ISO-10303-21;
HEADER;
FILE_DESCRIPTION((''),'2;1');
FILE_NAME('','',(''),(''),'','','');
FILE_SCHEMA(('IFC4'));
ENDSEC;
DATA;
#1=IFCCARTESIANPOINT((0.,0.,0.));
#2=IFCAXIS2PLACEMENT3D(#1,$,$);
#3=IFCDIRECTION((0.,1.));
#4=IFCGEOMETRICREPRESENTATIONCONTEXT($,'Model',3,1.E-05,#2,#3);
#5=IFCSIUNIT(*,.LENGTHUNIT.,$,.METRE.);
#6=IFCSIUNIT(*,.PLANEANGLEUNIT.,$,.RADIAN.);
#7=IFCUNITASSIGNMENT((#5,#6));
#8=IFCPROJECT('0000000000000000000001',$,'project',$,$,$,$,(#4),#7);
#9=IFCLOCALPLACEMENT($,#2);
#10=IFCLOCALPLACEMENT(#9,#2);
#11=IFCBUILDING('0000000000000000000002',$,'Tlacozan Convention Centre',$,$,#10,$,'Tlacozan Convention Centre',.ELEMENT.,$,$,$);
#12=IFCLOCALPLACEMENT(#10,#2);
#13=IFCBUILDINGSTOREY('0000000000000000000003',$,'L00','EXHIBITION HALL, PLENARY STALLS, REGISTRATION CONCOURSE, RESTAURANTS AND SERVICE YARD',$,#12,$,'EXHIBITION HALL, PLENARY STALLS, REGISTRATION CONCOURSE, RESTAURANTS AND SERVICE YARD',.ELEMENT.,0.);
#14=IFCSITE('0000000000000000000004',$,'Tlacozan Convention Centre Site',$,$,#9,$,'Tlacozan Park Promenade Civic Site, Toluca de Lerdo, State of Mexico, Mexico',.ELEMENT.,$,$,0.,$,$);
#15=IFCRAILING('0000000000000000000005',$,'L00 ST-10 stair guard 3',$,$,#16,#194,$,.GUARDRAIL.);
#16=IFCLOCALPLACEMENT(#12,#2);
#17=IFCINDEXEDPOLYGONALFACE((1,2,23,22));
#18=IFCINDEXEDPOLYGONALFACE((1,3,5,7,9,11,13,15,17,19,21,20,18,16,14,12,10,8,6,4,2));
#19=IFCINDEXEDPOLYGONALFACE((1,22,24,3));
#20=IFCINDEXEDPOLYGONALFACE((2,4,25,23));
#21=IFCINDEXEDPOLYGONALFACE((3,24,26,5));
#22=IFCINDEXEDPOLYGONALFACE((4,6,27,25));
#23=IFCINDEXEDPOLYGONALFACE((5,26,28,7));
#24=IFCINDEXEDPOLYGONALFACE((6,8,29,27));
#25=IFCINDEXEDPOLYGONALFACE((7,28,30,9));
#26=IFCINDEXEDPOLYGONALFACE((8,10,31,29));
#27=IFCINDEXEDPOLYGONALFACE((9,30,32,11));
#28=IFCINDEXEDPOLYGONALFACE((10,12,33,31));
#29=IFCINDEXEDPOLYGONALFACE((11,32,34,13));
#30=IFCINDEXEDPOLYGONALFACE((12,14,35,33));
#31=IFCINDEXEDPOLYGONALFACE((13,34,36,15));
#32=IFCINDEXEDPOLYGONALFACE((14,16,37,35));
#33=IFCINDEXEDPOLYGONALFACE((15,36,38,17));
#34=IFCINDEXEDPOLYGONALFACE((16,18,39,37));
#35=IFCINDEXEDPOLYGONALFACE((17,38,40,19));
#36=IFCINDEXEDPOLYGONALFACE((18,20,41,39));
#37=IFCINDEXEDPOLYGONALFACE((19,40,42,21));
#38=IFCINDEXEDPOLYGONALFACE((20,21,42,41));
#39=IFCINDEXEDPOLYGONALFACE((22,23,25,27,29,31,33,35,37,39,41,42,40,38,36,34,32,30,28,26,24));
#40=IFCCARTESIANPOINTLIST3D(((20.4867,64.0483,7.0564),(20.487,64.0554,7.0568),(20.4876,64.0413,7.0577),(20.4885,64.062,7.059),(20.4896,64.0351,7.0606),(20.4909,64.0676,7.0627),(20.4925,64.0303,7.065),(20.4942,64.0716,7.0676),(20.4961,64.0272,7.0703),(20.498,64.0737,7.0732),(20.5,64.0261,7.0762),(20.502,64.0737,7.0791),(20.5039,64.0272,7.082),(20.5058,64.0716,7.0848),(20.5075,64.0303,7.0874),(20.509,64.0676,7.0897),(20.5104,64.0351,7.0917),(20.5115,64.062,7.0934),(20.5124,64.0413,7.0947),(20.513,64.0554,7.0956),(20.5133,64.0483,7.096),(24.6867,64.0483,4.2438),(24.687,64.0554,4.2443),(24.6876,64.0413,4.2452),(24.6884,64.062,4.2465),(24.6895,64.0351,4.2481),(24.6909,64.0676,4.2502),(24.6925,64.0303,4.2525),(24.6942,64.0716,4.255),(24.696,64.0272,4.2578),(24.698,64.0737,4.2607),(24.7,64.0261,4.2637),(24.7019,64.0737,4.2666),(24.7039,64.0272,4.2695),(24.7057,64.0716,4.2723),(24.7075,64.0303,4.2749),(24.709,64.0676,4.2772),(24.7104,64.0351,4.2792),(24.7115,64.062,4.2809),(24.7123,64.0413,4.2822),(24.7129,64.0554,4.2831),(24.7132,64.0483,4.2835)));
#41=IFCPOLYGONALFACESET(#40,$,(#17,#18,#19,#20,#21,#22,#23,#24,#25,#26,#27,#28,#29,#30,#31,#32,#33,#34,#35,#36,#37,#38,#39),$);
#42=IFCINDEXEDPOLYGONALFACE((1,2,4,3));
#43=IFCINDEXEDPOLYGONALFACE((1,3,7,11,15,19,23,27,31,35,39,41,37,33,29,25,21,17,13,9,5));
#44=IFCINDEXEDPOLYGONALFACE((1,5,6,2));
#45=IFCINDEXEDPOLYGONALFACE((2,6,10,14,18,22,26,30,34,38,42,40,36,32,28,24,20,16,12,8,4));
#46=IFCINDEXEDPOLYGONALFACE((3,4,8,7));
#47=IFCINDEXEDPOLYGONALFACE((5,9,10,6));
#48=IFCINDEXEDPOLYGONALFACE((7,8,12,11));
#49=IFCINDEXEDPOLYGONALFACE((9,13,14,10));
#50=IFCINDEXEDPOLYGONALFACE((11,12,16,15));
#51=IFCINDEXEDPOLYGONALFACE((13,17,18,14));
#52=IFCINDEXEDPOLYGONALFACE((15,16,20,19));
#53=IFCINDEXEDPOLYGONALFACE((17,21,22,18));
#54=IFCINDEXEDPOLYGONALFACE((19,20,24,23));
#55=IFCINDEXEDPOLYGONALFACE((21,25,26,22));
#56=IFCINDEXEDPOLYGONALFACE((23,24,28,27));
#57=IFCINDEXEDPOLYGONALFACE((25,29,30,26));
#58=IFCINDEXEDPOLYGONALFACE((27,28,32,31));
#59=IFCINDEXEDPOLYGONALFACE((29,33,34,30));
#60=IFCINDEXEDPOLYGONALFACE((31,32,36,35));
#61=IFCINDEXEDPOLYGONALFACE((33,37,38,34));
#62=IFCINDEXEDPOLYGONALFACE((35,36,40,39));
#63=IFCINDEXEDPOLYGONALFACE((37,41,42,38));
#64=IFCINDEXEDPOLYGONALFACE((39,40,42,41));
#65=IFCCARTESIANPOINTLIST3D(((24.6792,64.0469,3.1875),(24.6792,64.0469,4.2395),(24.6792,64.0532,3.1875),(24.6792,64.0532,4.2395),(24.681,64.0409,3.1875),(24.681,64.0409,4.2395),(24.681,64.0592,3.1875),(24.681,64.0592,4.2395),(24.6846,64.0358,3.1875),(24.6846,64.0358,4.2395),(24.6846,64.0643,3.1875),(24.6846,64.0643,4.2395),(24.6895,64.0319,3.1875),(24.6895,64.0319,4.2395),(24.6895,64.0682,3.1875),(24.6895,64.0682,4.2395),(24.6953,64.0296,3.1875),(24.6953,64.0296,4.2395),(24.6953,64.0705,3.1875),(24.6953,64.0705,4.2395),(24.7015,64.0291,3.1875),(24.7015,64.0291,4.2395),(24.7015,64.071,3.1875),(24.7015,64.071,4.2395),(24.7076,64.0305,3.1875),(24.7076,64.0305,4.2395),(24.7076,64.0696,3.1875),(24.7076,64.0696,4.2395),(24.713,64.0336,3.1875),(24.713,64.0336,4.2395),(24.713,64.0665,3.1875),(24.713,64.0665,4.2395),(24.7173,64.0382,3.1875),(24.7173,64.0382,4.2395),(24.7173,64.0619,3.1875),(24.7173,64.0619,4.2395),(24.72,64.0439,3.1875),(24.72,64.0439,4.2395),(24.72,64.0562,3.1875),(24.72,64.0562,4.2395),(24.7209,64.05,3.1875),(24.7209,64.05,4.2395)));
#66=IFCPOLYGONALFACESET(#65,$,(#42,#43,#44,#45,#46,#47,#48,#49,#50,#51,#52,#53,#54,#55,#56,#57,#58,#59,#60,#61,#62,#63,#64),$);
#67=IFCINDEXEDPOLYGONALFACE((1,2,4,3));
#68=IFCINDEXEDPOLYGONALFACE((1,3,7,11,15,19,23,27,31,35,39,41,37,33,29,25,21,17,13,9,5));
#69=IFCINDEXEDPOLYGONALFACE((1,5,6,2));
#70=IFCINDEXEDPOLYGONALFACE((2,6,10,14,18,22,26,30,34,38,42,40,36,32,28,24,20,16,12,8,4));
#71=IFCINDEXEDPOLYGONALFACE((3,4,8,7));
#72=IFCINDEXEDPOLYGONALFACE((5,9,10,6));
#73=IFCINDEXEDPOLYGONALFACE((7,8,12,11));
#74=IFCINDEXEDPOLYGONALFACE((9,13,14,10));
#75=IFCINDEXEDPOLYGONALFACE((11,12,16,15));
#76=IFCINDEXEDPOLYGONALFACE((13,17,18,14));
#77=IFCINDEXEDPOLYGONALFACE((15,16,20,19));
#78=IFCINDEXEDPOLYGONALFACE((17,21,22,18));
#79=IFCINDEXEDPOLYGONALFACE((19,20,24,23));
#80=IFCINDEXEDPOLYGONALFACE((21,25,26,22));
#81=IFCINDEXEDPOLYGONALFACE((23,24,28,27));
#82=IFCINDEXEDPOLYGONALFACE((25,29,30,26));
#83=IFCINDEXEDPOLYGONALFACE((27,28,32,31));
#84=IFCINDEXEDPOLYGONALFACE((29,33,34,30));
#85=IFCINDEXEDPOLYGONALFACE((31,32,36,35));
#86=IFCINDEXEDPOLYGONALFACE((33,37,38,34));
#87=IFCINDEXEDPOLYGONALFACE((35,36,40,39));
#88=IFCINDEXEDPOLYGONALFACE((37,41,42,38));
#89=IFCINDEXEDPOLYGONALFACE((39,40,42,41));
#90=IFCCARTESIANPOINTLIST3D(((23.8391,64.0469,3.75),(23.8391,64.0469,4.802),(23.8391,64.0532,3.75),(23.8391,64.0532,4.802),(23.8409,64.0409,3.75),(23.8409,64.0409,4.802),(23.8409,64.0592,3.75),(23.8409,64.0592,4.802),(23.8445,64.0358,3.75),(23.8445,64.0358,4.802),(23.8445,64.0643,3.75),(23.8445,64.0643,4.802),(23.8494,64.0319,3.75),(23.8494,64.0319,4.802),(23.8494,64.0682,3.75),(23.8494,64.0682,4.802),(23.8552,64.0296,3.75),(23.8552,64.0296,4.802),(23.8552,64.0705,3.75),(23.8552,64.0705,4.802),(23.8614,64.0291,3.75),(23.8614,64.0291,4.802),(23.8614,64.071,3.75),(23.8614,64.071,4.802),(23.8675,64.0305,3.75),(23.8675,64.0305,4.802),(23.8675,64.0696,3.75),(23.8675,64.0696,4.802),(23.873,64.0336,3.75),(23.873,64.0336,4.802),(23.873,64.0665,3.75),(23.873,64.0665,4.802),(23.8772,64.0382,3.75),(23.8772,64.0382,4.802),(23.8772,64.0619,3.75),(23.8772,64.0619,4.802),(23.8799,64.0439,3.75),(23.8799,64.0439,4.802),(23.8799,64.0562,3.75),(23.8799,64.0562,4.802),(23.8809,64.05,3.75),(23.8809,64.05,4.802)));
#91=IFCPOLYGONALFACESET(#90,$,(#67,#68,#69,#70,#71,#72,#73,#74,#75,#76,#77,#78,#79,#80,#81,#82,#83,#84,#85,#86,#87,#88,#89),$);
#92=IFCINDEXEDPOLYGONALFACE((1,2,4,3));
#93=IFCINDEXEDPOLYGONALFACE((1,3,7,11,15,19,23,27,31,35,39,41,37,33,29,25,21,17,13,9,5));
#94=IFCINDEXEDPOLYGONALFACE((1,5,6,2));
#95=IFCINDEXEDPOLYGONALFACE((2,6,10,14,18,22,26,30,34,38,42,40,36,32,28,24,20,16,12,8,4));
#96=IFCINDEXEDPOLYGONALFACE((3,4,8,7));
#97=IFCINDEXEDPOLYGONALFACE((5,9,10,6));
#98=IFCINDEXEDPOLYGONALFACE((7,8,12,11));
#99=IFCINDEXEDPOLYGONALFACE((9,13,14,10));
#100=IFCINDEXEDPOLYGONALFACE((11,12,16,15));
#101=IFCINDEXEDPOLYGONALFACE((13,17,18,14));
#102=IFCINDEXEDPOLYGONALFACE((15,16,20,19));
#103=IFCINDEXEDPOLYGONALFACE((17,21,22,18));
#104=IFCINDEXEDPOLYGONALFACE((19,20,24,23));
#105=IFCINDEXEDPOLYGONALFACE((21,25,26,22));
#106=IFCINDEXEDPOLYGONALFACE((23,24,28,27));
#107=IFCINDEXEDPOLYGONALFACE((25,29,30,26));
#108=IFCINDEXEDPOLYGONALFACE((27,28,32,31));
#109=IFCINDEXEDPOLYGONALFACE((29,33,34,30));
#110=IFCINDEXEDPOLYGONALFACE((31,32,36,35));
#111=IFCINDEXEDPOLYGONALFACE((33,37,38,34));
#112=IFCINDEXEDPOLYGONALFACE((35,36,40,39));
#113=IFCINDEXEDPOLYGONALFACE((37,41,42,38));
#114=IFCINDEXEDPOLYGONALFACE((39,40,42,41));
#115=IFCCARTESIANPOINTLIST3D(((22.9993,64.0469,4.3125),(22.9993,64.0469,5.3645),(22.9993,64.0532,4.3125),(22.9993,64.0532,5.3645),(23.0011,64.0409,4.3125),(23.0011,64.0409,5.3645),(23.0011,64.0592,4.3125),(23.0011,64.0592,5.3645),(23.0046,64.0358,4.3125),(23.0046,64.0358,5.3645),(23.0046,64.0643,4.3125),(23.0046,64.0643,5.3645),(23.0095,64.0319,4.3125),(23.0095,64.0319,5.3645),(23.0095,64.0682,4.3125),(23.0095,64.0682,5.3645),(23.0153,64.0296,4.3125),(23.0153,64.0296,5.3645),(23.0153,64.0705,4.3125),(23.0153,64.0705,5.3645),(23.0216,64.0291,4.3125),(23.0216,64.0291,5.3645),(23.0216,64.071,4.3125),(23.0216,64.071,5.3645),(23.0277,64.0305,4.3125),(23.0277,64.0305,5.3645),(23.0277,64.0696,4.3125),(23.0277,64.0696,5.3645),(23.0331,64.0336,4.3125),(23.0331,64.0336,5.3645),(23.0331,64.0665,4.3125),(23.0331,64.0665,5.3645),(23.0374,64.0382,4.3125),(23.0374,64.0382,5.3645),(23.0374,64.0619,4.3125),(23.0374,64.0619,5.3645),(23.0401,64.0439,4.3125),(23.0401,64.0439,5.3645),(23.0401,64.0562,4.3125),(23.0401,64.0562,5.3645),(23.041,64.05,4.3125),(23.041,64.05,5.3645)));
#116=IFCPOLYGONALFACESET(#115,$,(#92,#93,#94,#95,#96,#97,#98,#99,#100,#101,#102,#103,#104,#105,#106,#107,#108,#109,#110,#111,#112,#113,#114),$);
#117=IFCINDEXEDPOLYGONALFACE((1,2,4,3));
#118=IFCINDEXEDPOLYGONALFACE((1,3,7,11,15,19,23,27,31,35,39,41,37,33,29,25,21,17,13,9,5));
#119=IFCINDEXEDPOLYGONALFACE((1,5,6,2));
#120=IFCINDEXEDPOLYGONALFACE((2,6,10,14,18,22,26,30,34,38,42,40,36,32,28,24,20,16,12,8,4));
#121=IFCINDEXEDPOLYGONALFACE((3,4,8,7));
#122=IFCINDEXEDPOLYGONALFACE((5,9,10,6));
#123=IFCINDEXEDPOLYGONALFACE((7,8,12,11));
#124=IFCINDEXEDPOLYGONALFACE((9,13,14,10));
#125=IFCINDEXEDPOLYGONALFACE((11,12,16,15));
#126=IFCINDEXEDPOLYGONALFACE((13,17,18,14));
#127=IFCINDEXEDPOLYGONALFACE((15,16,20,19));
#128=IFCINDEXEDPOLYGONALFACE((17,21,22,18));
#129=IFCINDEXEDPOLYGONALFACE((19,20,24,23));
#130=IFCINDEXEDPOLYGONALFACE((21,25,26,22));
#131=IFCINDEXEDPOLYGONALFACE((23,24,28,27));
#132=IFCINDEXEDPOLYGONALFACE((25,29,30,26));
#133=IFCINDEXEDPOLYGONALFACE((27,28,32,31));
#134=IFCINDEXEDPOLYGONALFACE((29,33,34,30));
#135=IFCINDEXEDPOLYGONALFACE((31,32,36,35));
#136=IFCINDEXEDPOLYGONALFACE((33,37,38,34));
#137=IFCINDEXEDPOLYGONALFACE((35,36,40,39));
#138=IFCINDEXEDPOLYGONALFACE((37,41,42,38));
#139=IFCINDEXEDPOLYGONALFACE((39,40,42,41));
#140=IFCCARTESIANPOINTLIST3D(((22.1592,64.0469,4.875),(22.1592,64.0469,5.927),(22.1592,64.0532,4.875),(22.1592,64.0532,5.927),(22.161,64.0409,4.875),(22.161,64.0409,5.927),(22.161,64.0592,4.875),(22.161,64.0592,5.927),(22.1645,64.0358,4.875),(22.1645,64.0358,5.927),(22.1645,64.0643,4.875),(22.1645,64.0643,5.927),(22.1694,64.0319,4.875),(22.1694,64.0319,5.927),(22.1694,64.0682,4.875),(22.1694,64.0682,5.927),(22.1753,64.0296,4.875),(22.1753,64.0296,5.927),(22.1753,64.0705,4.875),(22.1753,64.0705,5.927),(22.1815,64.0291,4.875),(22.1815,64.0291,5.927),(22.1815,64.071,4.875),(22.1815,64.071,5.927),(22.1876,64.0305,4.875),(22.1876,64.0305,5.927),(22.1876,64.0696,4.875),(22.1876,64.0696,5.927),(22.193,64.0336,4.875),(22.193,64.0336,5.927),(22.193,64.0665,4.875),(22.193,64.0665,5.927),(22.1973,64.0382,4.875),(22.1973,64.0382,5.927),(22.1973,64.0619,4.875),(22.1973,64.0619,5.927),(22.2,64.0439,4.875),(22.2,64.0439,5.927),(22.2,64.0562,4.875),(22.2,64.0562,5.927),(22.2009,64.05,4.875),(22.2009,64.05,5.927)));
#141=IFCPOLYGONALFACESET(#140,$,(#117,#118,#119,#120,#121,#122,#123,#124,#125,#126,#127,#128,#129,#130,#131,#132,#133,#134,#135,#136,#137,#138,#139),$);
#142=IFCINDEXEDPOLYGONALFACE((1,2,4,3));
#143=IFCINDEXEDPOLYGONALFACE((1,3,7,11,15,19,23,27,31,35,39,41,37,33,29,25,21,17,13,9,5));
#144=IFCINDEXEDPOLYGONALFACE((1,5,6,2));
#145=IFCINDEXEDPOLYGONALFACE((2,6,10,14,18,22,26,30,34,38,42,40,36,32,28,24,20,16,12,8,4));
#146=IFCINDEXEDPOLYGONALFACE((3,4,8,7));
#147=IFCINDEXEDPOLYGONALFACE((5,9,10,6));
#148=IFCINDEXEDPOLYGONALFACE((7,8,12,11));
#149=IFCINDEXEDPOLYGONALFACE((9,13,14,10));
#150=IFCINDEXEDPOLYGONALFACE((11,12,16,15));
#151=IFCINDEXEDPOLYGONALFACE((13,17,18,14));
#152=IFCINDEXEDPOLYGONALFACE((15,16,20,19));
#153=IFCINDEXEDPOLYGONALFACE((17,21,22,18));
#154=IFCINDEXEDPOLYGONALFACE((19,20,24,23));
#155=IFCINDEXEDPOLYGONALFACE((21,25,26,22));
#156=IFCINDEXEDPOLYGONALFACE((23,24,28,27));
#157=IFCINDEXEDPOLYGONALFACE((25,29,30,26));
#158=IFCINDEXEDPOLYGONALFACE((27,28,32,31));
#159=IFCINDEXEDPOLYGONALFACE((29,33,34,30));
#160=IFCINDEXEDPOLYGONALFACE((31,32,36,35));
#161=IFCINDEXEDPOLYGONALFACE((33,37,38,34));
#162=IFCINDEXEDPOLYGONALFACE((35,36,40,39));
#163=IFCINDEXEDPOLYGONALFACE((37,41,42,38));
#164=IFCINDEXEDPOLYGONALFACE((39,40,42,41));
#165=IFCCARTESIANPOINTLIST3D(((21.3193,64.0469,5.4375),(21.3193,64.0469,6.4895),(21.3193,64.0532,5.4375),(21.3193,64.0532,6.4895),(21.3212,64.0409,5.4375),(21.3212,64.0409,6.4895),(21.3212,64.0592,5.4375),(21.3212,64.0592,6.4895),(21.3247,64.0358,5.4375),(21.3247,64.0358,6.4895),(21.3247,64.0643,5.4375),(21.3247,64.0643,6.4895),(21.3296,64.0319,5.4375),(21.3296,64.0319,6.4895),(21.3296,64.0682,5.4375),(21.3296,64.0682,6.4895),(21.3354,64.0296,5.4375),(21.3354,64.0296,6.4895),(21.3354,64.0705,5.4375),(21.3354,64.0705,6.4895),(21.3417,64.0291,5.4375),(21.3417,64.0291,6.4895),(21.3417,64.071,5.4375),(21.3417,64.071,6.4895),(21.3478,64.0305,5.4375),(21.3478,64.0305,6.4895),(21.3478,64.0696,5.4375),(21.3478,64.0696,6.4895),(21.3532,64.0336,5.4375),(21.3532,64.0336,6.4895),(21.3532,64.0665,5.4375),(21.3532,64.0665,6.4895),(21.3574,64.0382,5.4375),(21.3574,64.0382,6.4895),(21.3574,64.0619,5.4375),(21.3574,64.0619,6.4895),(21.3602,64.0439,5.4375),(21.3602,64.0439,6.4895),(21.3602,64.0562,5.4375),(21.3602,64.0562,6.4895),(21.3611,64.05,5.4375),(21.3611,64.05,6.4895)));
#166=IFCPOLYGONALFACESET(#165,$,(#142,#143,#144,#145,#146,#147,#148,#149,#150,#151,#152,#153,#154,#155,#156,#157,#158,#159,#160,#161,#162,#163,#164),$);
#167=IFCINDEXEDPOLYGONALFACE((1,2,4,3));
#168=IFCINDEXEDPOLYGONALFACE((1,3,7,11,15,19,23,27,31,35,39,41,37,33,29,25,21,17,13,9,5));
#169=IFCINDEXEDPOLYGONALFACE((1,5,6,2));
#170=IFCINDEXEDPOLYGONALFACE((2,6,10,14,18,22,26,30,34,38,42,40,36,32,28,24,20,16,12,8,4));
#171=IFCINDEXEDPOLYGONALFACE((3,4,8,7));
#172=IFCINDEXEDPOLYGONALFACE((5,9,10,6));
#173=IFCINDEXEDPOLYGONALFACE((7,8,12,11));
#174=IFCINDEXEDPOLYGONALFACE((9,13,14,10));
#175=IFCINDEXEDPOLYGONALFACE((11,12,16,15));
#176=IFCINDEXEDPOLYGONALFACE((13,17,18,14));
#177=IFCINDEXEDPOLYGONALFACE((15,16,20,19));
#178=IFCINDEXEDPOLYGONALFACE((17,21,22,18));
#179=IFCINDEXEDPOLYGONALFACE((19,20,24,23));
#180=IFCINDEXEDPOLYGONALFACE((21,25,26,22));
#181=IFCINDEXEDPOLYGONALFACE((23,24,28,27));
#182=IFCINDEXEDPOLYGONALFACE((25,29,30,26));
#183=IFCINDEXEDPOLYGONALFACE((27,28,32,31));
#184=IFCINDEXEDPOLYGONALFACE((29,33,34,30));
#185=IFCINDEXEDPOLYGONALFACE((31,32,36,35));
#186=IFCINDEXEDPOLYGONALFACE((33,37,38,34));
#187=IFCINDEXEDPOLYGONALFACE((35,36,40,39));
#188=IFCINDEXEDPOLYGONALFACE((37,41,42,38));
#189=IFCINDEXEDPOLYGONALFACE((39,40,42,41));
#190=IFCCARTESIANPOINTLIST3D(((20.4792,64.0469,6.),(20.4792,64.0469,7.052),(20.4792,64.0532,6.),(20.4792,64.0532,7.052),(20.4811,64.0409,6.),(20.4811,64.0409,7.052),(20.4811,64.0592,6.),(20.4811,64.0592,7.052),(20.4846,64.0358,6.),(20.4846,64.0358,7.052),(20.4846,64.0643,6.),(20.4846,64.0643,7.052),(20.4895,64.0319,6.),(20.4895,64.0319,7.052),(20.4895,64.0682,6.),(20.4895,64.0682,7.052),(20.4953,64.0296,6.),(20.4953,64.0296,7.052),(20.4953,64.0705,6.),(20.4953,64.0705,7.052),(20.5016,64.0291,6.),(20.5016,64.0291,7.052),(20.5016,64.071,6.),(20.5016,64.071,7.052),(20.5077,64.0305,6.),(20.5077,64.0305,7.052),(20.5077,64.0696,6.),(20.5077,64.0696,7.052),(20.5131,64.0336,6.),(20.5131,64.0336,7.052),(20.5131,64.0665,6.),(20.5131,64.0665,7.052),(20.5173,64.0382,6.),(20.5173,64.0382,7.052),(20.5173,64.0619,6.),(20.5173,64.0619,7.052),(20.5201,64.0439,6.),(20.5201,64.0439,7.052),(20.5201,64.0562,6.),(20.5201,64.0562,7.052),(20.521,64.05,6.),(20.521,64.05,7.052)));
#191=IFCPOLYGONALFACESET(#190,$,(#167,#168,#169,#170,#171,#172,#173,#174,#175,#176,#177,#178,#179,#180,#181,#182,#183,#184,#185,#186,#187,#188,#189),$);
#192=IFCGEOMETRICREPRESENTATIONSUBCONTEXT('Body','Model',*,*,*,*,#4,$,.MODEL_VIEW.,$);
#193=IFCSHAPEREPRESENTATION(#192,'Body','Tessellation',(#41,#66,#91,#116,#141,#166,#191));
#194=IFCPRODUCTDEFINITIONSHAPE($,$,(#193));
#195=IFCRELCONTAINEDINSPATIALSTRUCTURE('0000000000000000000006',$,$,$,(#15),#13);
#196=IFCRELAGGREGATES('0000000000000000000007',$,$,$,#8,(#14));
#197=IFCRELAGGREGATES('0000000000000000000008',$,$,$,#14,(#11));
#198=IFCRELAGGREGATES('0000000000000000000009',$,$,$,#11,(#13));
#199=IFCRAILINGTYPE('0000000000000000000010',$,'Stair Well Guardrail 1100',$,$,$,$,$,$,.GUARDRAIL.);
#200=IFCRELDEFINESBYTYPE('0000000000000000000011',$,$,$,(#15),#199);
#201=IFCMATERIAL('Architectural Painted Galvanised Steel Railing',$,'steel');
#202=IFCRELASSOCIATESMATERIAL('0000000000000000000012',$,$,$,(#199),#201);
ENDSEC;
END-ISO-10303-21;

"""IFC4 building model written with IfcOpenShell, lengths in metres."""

from ifc_helpers import new_model, si_unit, direction, frame, origin, origin_2d, place, context, subcontext, project, spatial, circle, extrude, material, type_object, element, save


model = new_model("IFC4")

# Units and contexts
model_context = context("Model", 3, precision=1e-05, world=origin(), true_north=direction((0.0, 1.0)))
body_context = subcontext(model_context, "Body", "Model", "MODEL_VIEW")
ifc_project = project(units=[si_unit("LENGTHUNIT", "METRE"), si_unit("PLANEANGLEUNIT", "RADIAN")], contexts=[model_context])

# Site, building, storey
site_placement = place(None, origin())
site = spatial("IfcSite", under=ifc_project, at=site_placement, Name="Tlacozan Convention Centre Site", LongName="Tlacozan Park Promenade Civic Site, Toluca de Lerdo, State of Mexico, Mexico", CompositionType="ELEMENT", RefElevation=0.0)
building_placement = place(site_placement, origin())
building = spatial("IfcBuilding", under=site, at=building_placement, Name="Tlacozan Convention Centre", LongName="Tlacozan Convention Centre", CompositionType="ELEMENT")
storey_placement = place(building_placement, origin())
storey = spatial("IfcBuildingStorey", under=building, at=storey_placement, Name="L00", Description="EXHIBITION HALL, PLENARY STALLS, REGISTRATION CONCOURSE, RESTAURANTS AND SERVICE YARD", LongName="EXHIBITION HALL, PLENARY STALLS, REGISTRATION CONCOURSE, RESTAURANTS AND SERVICE YARD", CompositionType="ELEMENT", Elevation=0.0)

# Railing
ifc_material_1 = material(Name="Architectural Painted Galvanised Steel Railing", Category="steel")
railing_type_1 = type_object("IfcRailingType", Name="Stair Well Guardrail 1100", PredefinedType="GUARDRAIL", material=ifc_material_1)
railing_1_placement = place(storey_placement, frame((24.7, 64.05, 3.1875)))
element("IfcRailing", 1, at=railing_1_placement, inside=storey, type_object=railing_type_1, Name="L00 ST-10 stair guard 3", PredefinedType="GUARDRAIL", context=body_context, shape_type="SweptSolid", body=[
    extrude(circle(Radius=0.0239, at=origin_2d()), frame((0.0, 0.0, 1.0762), z_axis=(-0.830904, 0.0, 0.556416), x_axis=(0.0, -1.0, 0.0)), (0.0, 0.0, 1.0), 5.0547),
    extrude(circle(Radius=0.021, at=origin_2d()), origin(), (0.0, 0.0, 1.0), 1.052),
    extrude(circle(Radius=0.021, at=origin_2d()), frame((-0.8401, 0.0, 0.5625)), (0.0, 0.0, 1.0), 1.052),
    extrude(circle(Radius=0.021, at=origin_2d()), frame((-1.6799, 0.0, 1.125)), (0.0, 0.0, 1.0), 1.052),
    extrude(circle(Radius=0.021, at=origin_2d()), frame((-2.52, 0.0, 1.6875)), (0.0, 0.0, 1.0), 1.052),
    extrude(circle(Radius=0.021, at=origin_2d()), frame((-3.3599, 0.0, 2.25)), (0.0, 0.0, 1.0), 1.052),
    extrude(circle(Radius=0.021, at=origin_2d()), frame((-4.2, 0.0, 2.8125)), (0.0, 0.0, 1.0), 1.052),
])

save(model, "model.ifc")
